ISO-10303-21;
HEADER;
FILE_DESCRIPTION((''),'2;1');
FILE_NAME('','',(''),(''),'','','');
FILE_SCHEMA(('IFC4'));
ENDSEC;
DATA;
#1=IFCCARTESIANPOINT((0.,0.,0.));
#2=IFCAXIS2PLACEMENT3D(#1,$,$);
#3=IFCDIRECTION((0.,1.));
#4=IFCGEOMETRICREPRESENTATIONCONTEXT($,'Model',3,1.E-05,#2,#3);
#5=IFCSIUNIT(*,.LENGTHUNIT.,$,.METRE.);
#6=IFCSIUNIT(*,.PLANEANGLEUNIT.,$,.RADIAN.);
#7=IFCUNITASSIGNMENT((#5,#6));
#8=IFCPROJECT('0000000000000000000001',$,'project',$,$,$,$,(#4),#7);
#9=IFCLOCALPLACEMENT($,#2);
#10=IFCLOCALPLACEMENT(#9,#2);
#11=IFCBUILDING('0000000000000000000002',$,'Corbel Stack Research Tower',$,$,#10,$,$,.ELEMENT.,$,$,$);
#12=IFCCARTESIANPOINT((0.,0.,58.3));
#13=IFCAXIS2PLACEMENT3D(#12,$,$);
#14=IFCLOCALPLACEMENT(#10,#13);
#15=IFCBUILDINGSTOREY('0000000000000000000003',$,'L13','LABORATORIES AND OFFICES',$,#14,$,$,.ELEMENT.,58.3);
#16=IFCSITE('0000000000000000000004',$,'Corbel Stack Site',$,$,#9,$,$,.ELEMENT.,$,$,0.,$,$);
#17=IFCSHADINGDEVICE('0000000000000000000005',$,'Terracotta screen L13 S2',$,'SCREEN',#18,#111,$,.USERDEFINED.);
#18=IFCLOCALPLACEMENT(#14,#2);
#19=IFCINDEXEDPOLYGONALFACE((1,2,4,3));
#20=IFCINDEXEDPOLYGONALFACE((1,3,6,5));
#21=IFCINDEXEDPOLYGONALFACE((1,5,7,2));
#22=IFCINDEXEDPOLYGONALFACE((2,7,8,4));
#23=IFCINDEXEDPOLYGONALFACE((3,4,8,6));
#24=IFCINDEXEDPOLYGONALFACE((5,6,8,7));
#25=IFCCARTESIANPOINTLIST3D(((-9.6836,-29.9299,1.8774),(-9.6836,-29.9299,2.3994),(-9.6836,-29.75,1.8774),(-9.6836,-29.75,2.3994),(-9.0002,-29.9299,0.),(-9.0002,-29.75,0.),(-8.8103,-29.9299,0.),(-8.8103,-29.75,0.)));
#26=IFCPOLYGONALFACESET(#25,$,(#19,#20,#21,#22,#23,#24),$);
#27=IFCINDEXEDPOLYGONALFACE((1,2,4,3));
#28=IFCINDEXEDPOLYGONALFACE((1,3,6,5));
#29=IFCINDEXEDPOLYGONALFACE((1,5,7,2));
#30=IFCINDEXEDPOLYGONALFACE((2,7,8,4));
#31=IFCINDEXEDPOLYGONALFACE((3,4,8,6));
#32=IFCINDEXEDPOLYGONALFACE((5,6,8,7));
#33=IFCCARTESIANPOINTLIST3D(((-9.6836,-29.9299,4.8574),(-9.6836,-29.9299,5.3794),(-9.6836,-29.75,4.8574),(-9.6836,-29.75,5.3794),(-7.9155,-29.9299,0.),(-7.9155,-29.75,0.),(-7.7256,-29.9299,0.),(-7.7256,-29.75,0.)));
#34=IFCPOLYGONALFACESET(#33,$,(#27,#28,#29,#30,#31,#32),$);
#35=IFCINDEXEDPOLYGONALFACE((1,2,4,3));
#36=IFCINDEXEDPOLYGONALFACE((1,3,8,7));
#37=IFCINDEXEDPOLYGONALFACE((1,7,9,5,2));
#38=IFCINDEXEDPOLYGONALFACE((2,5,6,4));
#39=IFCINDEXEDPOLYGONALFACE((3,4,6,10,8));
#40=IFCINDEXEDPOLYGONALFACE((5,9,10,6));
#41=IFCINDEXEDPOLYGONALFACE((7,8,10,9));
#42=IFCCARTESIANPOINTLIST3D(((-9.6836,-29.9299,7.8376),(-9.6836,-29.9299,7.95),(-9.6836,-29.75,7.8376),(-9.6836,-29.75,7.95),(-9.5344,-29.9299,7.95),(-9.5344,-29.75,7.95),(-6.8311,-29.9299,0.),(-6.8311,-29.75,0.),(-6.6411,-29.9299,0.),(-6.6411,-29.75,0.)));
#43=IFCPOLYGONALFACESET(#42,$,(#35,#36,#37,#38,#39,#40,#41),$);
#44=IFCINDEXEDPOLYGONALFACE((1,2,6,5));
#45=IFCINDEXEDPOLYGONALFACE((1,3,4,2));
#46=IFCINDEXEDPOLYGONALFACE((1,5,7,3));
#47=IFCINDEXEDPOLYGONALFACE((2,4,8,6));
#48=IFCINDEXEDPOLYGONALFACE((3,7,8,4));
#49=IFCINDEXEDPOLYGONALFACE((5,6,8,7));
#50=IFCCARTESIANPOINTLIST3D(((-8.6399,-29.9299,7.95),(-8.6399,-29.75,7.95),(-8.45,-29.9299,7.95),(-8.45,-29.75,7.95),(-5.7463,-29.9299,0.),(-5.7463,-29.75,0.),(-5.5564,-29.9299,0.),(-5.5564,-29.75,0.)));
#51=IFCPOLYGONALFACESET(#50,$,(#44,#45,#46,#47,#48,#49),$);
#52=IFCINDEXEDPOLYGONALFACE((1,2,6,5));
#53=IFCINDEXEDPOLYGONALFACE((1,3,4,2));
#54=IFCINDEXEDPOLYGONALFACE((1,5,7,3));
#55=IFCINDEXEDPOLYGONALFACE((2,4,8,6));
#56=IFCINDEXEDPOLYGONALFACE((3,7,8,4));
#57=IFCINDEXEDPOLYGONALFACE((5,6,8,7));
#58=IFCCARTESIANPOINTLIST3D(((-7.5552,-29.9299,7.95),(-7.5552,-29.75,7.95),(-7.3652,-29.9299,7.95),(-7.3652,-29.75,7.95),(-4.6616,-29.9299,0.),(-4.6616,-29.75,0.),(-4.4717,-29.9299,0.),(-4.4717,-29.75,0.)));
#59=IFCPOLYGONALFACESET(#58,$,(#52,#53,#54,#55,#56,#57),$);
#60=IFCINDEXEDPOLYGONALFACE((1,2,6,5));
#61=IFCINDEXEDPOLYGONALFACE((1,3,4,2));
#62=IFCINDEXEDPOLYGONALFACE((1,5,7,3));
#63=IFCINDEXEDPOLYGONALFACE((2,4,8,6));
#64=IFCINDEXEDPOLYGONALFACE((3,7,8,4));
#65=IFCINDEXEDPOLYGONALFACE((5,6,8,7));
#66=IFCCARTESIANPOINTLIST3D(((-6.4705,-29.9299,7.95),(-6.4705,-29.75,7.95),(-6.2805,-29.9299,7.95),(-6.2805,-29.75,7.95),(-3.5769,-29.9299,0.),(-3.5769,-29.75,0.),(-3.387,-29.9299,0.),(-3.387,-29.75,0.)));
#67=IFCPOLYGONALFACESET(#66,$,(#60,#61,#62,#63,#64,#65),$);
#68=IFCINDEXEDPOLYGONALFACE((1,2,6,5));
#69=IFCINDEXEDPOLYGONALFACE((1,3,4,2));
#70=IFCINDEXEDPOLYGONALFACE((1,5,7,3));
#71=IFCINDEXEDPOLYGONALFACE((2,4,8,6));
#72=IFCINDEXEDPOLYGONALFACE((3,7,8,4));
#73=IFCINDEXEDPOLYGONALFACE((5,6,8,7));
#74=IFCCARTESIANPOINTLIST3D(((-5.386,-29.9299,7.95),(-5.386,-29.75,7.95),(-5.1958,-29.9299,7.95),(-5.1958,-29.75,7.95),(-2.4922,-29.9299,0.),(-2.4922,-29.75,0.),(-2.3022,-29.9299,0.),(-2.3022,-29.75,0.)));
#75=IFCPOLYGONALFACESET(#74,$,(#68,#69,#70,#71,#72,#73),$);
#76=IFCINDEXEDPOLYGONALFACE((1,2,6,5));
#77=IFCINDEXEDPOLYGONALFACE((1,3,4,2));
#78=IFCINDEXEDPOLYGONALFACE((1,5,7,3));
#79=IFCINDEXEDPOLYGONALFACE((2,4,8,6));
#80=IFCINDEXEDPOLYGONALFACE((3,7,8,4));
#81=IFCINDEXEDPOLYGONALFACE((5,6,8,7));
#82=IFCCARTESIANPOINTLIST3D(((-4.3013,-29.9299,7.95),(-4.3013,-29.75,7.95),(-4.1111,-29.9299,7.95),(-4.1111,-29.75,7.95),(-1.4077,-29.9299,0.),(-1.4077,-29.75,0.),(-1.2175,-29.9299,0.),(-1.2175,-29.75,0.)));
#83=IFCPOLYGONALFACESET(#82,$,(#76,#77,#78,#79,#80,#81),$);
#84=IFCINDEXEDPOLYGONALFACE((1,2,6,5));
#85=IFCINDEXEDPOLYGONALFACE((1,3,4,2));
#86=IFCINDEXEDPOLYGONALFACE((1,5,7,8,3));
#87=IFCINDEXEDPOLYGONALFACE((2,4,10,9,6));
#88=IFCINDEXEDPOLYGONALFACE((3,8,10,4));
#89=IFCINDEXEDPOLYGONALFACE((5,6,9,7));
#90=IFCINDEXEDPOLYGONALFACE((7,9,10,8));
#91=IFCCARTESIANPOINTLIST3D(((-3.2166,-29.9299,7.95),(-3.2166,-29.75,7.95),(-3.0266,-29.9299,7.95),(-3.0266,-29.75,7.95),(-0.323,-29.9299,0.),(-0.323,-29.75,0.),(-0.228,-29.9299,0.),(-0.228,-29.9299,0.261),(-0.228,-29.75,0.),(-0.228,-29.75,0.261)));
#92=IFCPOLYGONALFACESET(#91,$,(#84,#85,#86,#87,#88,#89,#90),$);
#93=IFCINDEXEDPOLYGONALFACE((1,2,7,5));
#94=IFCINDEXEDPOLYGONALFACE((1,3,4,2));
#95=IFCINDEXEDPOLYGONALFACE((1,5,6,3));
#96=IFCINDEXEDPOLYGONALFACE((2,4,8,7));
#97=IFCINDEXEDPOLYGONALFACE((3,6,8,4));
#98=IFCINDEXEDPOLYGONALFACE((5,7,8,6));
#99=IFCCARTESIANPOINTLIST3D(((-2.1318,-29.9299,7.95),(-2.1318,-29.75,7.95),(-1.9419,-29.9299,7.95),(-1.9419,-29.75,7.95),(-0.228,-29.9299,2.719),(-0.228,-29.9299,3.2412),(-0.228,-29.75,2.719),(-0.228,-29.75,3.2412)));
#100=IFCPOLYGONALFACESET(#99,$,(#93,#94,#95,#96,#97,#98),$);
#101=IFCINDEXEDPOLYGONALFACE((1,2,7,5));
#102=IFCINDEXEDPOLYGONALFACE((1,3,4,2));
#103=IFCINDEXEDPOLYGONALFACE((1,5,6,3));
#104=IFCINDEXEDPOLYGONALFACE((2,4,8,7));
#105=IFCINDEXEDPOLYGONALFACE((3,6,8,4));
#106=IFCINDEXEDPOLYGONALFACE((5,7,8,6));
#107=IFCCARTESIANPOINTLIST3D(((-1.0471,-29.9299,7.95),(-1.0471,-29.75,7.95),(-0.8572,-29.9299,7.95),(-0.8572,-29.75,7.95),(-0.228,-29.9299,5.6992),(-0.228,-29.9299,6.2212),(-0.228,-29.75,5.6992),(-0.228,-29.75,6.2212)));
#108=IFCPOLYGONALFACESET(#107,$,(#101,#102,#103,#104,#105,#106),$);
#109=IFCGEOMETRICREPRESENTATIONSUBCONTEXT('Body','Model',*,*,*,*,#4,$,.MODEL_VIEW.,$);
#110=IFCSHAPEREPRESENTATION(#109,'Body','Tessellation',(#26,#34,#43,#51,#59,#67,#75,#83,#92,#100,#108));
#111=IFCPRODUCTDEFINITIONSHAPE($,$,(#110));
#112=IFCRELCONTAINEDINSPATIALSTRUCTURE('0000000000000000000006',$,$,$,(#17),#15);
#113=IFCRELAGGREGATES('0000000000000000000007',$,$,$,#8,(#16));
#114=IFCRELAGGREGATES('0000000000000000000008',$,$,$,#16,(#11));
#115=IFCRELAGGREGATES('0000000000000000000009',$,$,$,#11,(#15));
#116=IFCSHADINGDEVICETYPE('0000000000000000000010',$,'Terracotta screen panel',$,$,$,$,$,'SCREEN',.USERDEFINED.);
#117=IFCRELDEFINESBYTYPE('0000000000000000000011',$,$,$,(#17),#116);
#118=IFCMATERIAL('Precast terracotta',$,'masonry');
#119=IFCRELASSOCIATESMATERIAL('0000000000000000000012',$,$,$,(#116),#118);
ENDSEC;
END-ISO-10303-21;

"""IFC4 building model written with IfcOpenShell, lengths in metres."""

from ifc_helpers import new_model, si_unit, direction, frame, origin, place, context, subcontext, project, spatial, polyline, outline, extrude, source, transform, mapped, material, type_object, element, save


model = new_model("IFC4")

# Units and contexts
model_context = context("Model", 3, precision=1e-05, world=origin(), true_north=direction((0.0, 1.0)))
body_context = subcontext(model_context, "Body", "Model", "MODEL_VIEW")
ifc_project = project(units=[si_unit("LENGTHUNIT", "METRE"), si_unit("PLANEANGLEUNIT", "RADIAN")], contexts=[model_context])

# Site, building, storey
site_placement = place(None, origin())
site = spatial("IfcSite", under=ifc_project, at=site_placement, Name="Corbel Stack Site", CompositionType="ELEMENT", RefElevation=0.0)
building_placement = place(site_placement, origin())
building = spatial("IfcBuilding", under=site, at=building_placement, Name="Corbel Stack Research Tower", CompositionType="ELEMENT")
storey_placement = place(building_placement, frame((0.0, 0.0, 58.3)))
storey = spatial("IfcBuildingStorey", under=building, at=storey_placement, Name="L13", Description="LABORATORIES AND OFFICES", CompositionType="ELEMENT", Elevation=58.3)

# Shading device
ifc_material_1 = material(Name="Precast terracotta", Category="masonry")
shading_device_type = type_object("IfcShadingDeviceType", Name="Terracotta screen panel", ElementType="SCREEN", PredefinedType="USERDEFINED", material=ifc_material_1)
shared_shape_1 = source(origin(), body_context, "Body", "SweptSolid", [
    extrude(outline(polyline([(0.8733, 0.0), (0.0, 2.3994), (0.0, 1.8774), (0.6833, 0.0), (0.8733, 0.0)])), frame((0.0, 0.0, 0.0), z_axis=(0.0, -1.0, 0.0), x_axis=(1.0, 0.0, 0.0)), (0.0, 0.0, 1.0), 0.1799),
    extrude(outline(polyline([(1.958, 0.0), (0.0, 5.3794), (0.0, 4.8574), (1.7681, 0.0), (1.958, 0.0)])), frame((0.0, 0.0, 0.0), z_axis=(0.0, -1.0, 0.0), x_axis=(1.0, 0.0, 0.0)), (0.0, 0.0, 1.0), 0.1799),
    extrude(outline(polyline([(3.0425, 0.0), (0.1492, 7.95), (0.0, 7.95), (0.0, 7.8376), (2.8525, 0.0), (3.0425, 0.0)])), frame((0.0, 0.0, 0.0), z_axis=(0.0, -1.0, 0.0), x_axis=(1.0, 0.0, 0.0)), (0.0, 0.0, 1.0), 0.1799),
    extrude(outline(polyline([(4.1272, 0.0), (1.2336, 7.95), (1.0437, 7.95), (3.9373, 0.0), (4.1272, 0.0)])), frame((0.0, 0.0, 0.0), z_axis=(0.0, -1.0, 0.0), x_axis=(1.0, 0.0, 0.0)), (0.0, 0.0, 1.0), 0.1799),
    extrude(outline(polyline([(5.2119, 0.0), (2.3184, 7.95), (2.1284, 7.95), (5.022, 0.0), (5.2119, 0.0)])), frame((0.0, 0.0, 0.0), z_axis=(0.0, -1.0, 0.0), x_axis=(1.0, 0.0, 0.0)), (0.0, 0.0, 1.0), 0.1799),
    extrude(outline(polyline([(6.2966, 0.0), (3.4031, 7.95), (3.2131, 7.95), (6.1067, 0.0), (6.2966, 0.0)])), frame((0.0, 0.0, 0.0), z_axis=(0.0, -1.0, 0.0), x_axis=(1.0, 0.0, 0.0)), (0.0, 0.0, 1.0), 0.1799),
    extrude(outline(polyline([(7.3813, 0.0), (4.4878, 7.95), (4.2976, 7.95), (7.1914, 0.0), (7.3813, 0.0)])), frame((0.0, 0.0, 0.0), z_axis=(0.0, -1.0, 0.0), x_axis=(1.0, 0.0, 0.0)), (0.0, 0.0, 1.0), 0.1799),
    extrude(outline(polyline([(8.4661, 0.0), (5.5725, 7.95), (5.3823, 7.95), (8.2759, 0.0), (8.4661, 0.0)])), frame((0.0, 0.0, 0.0), z_axis=(0.0, -1.0, 0.0), x_axis=(1.0, 0.0, 0.0)), (0.0, 0.0, 1.0), 0.1799),
    extrude(outline(polyline([(9.4556, 0.0), (9.4556, 0.261), (6.657, 7.95), (6.467, 7.95), (9.3606, 0.0), (9.4556, 0.0)])), frame((0.0, 0.0, 0.0), z_axis=(0.0, -1.0, 0.0), x_axis=(1.0, 0.0, 0.0)), (0.0, 0.0, 1.0), 0.1799),
    extrude(outline(polyline([(7.7417, 7.95), (7.5518, 7.95), (9.4556, 2.719), (9.4556, 3.2412), (7.7417, 7.95)])), frame((0.0, 0.0, 0.0), z_axis=(0.0, -1.0, 0.0), x_axis=(1.0, 0.0, 0.0)), (0.0, 0.0, 1.0), 0.1799),
    extrude(outline(polyline([(8.8264, 7.95), (8.6365, 7.95), (9.4556, 5.6992), (9.4556, 6.2212), (8.8264, 7.95)])), frame((0.0, 0.0, 0.0), z_axis=(0.0, -1.0, 0.0), x_axis=(1.0, 0.0, 0.0)), (0.0, 0.0, 1.0), 0.1799),
])
shading_device_1_placement = place(storey_placement, frame((-9.6836, -29.75, 0.0), z_axis=(0.0, 0.0, 1.0), x_axis=(1.0, 0.0, 0.0)))
element("IfcShadingDevice", 1, at=shading_device_1_placement, inside=storey, type_object=shading_device_type, Name="Terracotta screen L13 S2", ObjectType="SCREEN", PredefinedType="USERDEFINED", context=body_context, shape_type="MappedRepresentation", body=[
    mapped(shared_shape_1, transform((0.0, 0.0, 0.0))),
])

save(model, "model.ifc")
